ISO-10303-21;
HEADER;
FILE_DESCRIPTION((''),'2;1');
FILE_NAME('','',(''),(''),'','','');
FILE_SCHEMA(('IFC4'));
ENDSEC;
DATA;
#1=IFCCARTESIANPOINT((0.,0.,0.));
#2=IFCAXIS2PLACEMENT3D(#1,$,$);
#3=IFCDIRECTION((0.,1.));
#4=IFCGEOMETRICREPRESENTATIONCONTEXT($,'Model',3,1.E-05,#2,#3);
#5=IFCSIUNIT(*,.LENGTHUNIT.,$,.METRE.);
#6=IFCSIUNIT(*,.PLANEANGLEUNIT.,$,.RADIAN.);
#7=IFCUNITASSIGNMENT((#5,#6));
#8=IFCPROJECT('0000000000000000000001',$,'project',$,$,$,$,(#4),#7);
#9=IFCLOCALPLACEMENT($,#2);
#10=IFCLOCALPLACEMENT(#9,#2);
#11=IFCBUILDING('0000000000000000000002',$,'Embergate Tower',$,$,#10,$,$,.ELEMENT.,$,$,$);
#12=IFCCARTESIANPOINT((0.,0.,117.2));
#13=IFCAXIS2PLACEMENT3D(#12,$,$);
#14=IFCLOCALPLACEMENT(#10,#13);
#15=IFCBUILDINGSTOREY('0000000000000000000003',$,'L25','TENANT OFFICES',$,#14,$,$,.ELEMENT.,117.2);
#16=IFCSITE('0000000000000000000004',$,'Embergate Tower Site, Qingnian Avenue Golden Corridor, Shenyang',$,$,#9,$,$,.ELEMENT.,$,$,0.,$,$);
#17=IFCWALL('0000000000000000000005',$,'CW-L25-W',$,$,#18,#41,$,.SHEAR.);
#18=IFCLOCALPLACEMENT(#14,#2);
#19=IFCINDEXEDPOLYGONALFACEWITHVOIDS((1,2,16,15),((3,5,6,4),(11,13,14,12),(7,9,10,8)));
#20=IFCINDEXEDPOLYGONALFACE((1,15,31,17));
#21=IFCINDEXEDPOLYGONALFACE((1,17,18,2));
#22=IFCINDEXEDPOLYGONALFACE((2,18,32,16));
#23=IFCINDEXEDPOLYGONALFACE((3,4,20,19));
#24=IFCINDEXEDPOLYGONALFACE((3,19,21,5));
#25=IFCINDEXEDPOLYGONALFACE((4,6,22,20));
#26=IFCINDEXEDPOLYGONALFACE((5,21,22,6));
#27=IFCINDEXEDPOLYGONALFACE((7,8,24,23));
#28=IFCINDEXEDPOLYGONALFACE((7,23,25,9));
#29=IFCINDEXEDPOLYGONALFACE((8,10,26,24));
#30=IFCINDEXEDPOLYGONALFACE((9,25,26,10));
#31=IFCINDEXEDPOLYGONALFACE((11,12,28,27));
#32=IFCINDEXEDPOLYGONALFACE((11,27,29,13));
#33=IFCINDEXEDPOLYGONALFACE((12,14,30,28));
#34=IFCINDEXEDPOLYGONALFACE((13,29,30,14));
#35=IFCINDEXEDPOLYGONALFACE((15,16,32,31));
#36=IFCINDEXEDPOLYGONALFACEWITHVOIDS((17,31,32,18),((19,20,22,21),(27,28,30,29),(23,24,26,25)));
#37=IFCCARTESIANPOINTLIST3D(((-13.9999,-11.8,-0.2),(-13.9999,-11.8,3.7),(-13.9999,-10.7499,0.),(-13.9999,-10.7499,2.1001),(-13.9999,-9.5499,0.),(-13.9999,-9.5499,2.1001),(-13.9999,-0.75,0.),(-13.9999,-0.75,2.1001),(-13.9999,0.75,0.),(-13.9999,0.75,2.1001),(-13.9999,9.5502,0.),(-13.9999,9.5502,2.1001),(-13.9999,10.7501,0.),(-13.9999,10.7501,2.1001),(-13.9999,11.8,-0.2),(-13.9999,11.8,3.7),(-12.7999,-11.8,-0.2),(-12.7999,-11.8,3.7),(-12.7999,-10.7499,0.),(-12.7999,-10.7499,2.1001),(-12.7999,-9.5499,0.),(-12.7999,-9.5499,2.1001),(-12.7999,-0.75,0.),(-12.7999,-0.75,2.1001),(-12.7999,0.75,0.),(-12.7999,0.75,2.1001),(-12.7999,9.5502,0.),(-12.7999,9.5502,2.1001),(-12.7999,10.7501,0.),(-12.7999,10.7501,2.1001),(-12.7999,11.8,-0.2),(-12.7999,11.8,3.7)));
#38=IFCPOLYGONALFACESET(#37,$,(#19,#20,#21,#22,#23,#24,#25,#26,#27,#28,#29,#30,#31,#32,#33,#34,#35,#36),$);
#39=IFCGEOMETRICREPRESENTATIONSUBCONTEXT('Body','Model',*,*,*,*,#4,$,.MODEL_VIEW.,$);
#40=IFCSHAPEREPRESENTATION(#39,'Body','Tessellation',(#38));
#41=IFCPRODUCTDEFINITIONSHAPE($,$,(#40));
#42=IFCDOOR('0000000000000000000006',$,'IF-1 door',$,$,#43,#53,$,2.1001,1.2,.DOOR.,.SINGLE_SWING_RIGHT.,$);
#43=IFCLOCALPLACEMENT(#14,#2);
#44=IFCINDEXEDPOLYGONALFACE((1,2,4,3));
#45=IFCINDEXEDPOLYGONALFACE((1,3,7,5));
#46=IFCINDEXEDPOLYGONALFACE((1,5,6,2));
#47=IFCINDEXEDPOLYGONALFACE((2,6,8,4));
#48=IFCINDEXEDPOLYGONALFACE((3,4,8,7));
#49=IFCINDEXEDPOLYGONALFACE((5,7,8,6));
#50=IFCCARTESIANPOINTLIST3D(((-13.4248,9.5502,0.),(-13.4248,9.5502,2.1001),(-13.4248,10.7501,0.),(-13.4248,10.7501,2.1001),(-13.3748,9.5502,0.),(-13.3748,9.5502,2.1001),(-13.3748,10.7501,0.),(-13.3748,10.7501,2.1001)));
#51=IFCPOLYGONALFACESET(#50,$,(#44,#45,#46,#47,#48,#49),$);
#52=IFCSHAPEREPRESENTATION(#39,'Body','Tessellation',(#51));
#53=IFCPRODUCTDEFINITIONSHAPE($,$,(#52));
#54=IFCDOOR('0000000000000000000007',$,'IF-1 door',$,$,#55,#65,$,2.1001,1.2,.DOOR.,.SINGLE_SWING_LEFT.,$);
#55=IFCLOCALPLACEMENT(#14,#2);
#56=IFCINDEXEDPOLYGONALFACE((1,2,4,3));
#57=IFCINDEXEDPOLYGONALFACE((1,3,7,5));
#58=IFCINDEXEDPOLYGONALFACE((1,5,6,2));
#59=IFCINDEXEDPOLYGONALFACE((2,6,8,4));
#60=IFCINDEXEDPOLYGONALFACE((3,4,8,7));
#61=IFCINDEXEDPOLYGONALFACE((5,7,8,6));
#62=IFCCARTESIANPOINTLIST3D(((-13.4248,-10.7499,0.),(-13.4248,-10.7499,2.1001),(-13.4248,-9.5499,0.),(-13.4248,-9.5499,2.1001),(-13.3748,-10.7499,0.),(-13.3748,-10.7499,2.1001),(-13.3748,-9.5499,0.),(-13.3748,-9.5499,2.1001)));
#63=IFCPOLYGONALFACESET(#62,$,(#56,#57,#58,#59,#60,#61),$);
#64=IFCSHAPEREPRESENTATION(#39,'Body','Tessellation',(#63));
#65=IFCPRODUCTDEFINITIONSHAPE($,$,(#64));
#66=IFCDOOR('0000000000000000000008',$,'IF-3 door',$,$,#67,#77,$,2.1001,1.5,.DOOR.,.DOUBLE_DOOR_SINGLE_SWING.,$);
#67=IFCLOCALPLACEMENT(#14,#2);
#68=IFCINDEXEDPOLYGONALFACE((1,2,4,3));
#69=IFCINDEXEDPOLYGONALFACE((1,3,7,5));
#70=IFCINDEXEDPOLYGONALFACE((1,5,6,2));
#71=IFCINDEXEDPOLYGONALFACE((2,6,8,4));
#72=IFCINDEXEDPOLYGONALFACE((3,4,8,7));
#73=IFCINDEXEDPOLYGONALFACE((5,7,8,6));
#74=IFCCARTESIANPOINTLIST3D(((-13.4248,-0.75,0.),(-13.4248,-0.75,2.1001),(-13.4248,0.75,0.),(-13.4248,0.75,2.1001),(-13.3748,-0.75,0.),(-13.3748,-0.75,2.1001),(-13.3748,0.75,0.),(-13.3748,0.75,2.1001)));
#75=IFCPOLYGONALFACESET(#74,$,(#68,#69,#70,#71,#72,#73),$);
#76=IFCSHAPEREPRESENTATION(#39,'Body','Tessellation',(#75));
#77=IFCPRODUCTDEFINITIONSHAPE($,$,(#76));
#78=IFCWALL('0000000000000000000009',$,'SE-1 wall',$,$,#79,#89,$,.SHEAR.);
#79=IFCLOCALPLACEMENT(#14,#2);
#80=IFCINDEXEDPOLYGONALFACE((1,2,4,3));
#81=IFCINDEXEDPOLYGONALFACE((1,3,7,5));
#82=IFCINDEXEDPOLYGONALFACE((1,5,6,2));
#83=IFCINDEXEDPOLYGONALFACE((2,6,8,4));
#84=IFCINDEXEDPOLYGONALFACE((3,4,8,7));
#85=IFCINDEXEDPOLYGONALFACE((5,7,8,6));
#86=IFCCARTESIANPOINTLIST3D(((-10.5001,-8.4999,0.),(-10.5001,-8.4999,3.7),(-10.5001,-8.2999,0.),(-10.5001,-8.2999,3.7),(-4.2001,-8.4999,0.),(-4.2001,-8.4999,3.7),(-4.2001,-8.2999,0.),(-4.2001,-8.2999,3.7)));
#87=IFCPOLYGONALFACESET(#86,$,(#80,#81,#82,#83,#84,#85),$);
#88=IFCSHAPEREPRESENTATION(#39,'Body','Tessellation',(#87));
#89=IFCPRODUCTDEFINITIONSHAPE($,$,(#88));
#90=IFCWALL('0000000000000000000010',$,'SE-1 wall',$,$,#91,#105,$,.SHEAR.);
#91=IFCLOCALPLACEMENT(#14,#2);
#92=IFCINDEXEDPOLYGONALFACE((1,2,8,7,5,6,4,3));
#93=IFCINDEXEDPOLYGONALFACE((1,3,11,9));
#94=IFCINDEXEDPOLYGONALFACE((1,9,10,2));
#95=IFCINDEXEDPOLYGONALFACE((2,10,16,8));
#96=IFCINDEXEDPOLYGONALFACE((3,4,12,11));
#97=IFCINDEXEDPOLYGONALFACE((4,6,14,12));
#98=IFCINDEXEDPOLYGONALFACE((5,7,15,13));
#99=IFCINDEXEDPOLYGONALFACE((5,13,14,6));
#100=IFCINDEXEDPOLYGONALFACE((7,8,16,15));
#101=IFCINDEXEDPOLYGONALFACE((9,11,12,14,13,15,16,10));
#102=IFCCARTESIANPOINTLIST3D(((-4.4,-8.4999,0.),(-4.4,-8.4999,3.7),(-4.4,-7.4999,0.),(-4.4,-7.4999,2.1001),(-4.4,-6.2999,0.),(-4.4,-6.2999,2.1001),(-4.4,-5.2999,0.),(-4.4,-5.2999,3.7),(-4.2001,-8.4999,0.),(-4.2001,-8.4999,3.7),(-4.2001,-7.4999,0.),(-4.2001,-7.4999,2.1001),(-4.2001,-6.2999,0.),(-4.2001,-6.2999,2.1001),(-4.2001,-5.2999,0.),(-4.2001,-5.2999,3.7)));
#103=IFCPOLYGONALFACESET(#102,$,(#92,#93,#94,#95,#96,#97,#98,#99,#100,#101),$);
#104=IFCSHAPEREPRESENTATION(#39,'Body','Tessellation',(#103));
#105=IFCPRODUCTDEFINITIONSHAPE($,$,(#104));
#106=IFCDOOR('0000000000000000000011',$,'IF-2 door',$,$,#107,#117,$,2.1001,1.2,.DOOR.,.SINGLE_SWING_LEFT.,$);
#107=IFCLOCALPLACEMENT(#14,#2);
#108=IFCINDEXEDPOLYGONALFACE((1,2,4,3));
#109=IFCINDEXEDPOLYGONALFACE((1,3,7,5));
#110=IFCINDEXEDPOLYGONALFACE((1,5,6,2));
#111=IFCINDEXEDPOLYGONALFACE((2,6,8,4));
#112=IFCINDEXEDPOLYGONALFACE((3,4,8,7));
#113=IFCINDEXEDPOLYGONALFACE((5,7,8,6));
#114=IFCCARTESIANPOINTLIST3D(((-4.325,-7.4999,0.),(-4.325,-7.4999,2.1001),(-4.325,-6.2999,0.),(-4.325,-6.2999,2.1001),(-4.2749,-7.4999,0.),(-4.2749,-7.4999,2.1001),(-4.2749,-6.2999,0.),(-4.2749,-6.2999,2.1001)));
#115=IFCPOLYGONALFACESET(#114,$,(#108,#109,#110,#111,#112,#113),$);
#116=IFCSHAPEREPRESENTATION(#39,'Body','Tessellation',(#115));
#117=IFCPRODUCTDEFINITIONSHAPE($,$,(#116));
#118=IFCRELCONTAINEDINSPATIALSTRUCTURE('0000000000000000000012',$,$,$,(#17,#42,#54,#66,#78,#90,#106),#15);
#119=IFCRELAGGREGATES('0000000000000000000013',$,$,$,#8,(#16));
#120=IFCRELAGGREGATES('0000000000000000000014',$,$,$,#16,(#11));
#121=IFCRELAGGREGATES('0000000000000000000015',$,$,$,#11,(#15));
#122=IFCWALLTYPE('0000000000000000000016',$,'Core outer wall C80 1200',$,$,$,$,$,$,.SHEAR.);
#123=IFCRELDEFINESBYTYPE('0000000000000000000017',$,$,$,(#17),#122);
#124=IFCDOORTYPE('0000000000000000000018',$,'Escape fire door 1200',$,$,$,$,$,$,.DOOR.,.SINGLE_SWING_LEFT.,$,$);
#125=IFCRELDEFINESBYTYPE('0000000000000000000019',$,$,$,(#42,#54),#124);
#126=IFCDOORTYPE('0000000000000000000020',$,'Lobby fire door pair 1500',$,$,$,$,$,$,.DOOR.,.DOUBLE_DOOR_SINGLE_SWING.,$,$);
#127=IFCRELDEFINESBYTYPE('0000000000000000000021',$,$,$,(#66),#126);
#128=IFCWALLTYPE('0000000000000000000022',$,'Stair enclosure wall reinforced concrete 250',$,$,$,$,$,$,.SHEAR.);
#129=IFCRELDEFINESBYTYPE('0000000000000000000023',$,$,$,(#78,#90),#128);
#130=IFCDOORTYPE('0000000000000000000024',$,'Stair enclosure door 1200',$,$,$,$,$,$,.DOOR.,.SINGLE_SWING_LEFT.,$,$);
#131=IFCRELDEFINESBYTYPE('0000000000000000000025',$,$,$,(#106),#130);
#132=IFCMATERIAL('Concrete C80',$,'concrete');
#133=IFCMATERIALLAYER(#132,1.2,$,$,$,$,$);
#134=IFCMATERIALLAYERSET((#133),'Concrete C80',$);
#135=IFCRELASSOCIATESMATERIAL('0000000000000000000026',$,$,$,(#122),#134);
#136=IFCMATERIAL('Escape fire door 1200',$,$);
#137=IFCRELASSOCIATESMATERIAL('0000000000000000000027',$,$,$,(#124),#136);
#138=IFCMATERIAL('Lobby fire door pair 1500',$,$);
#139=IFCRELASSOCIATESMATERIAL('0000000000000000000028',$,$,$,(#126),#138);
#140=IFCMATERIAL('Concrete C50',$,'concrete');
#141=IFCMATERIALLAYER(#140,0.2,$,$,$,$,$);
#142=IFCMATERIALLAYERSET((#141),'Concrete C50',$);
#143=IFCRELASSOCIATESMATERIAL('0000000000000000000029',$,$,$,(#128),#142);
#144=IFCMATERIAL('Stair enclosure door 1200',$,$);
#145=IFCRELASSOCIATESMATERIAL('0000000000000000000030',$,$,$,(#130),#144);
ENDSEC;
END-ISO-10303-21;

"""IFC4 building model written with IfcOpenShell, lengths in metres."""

from ifc_helpers import new_model, si_unit, direction, frame, frame_2d, origin, place, context, subcontext, project, spatial, rectangle, extrude, source, transform, mapped, material, layer, layer_set, type_object, element, fill, save


model = new_model("IFC4")

# Units and contexts
model_context = context("Model", 3, precision=1e-05, world=origin(), true_north=direction((0.0, 1.0)))
body_context = subcontext(model_context, "Body", "Model", "MODEL_VIEW")
ifc_project = project(units=[si_unit("LENGTHUNIT", "METRE"), si_unit("PLANEANGLEUNIT", "RADIAN")], contexts=[model_context])

# Site, building, storey
site_placement = place(None, origin())
site = spatial("IfcSite", under=ifc_project, at=site_placement, Name="Embergate Tower Site, Qingnian Avenue Golden Corridor, Shenyang", CompositionType="ELEMENT", RefElevation=0.0)
building_placement = place(site_placement, origin())
building = spatial("IfcBuilding", under=site, at=building_placement, Name="Embergate Tower", CompositionType="ELEMENT")
storey_placement = place(building_placement, frame((0.0, 0.0, 117.2)))
storey = spatial("IfcBuildingStorey", under=building, at=storey_placement, Name="L25", Description="TENANT OFFICES", CompositionType="ELEMENT", Elevation=117.2)

# Shared definitions
ifc_material_1 = material(Name="Concrete C80", Category="concrete")
ifc_layer_1 = layer(ifc_material_1, 1.2)
ifc_layer_set_1 = layer_set([ifc_layer_1], Name="Concrete C80")
wall_type_1 = type_object("IfcWallType", Name="Core outer wall C80 1200", PredefinedType="SHEAR", material=ifc_layer_set_1)

# Wall, openings, doors
shared_shape_1 = source(origin(), body_context, "Body", "SweptSolid", [
    extrude(rectangle(XDim=23.6001, YDim=1.2, at=frame_2d((11.8, 0.0))), origin(), (0.0, 0.0, 1.0), 3.8999),
])
wall_1_placement = place(storey_placement, frame((-13.3999, -11.8, -0.2), z_axis=(0.0, 0.0, 1.0), x_axis=(0.0, 1.0, 0.0)))
wall_1 = element("IfcWall", 1, at=wall_1_placement, inside=storey, type_object=wall_type_1, Name="CW-L25-W", PredefinedType="SHEAR", context=body_context, shape_type="MappedRepresentation", body=[
    mapped(shared_shape_1, transform((0.0, 0.0, 0.0))),
])
shared_shape_2 = source(origin(), body_context, "Body", "SweptSolid", [
    extrude(rectangle(XDim=1.2, YDim=2.1001, at=frame_2d((0.6001, 1.05))), frame((0.0, 0.6099, 0.0), z_axis=(0.0, -1.0, 0.0), x_axis=(1.0, 0.0, 0.0)), (0.0, 0.0, 1.0), 1.22),
])
opening_1_placement = place(wall_1_placement, frame((21.3501, 0.0, 0.2)))
opening_1 = element("IfcOpeningElement", 2, at=opening_1_placement, cuts=wall_1, PredefinedType="OPENING", context=body_context, shape_type="MappedRepresentation", body=[
    mapped(shared_shape_2, transform((0.0, 0.0, 0.0))),
])
opening_2_placement = place(wall_1_placement, frame((1.05, 0.0, 0.2)))
opening_2 = element("IfcOpeningElement", 3, at=opening_2_placement, cuts=wall_1, PredefinedType="OPENING", context=body_context, shape_type="MappedRepresentation", body=[
    mapped(shared_shape_2, transform((0.0, 0.0, 0.0))),
])
shared_shape_3 = source(origin(), body_context, "Body", "SweptSolid", [
    extrude(rectangle(XDim=1.5, YDim=2.1001, at=frame_2d((0.75, 1.05))), frame((0.0, 0.6099, 0.0), z_axis=(0.0, -1.0, 0.0), x_axis=(1.0, 0.0, 0.0)), (0.0, 0.0, 1.0), 1.22),
])
opening_3_placement = place(wall_1_placement, frame((11.05, 0.0, 0.2)))
opening_3 = element("IfcOpeningElement", 4, at=opening_3_placement, cuts=wall_1, PredefinedType="OPENING", context=body_context, shape_type="MappedRepresentation", body=[
    mapped(shared_shape_3, transform((0.0, 0.0, 0.0))),
])
ifc_material_2 = material(Name="Escape fire door 1200")
door_type_1 = type_object("IfcDoorType", Name="Escape fire door 1200", OperationType="SINGLE_SWING_LEFT", PredefinedType="DOOR", material=ifc_material_2)
shared_shape_4 = source(origin(), body_context, "Body", "SweptSolid", [
    extrude(rectangle(XDim=1.2, YDim=2.1001, at=frame_2d((0.6001, 1.05))), frame((0.0, 0.0249, 0.0), z_axis=(0.0, -1.0, 0.0), x_axis=(1.0, 0.0, 0.0)), (0.0, 0.0, 1.0), 0.05),
])
door_1_placement = place(opening_1_placement, origin())
door_1 = element("IfcDoor", 5, at=door_1_placement, inside=storey, type_object=door_type_1, Name="IF-1 door", OperationType="SINGLE_SWING_RIGHT", OverallHeight=2.1001, OverallWidth=1.2, PredefinedType="DOOR", context=body_context, shape_type="MappedRepresentation", body=[
    mapped(shared_shape_4, transform((0.0, 0.0, 0.0))),
])
fill(opening_1, door_1)
door_2_placement = place(opening_2_placement, origin())
door_2 = element("IfcDoor", 6, at=door_2_placement, inside=storey, type_object=door_type_1, Name="IF-1 door", OperationType="SINGLE_SWING_LEFT", OverallHeight=2.1001, OverallWidth=1.2, PredefinedType="DOOR", context=body_context, shape_type="MappedRepresentation", body=[
    mapped(shared_shape_4, transform((0.0, 0.0, 0.0))),
])
fill(opening_2, door_2)
ifc_material_3 = material(Name="Lobby fire door pair 1500")
door_type_2 = type_object("IfcDoorType", Name="Lobby fire door pair 1500", OperationType="DOUBLE_DOOR_SINGLE_SWING", PredefinedType="DOOR", material=ifc_material_3)
shared_shape_5 = source(origin(), body_context, "Body", "SweptSolid", [
    extrude(rectangle(XDim=1.5, YDim=2.1001, at=frame_2d((0.75, 1.05))), frame((0.0, 0.0249, 0.0), z_axis=(0.0, -1.0, 0.0), x_axis=(1.0, 0.0, 0.0)), (0.0, 0.0, 1.0), 0.05),
])
door_3_placement = place(opening_3_placement, origin())
door_3 = element("IfcDoor", 7, at=door_3_placement, inside=storey, type_object=door_type_2, Name="IF-3 door", OperationType="DOUBLE_DOOR_SINGLE_SWING", OverallHeight=2.1001, OverallWidth=1.5, PredefinedType="DOOR", context=body_context, shape_type="MappedRepresentation", body=[
    mapped(shared_shape_5, transform((0.0, 0.0, 0.0))),
])
fill(opening_3, door_3)

# Wall
ifc_material_4 = material(Name="Concrete C50", Category="concrete")
ifc_layer_2 = layer(ifc_material_4, 0.2)
ifc_layer_set_2 = layer_set([ifc_layer_2], Name="Concrete C50")
wall_type_2 = type_object("IfcWallType", Name="Stair enclosure wall reinforced concrete 250", PredefinedType="SHEAR", material=ifc_layer_set_2)
shared_shape_6 = source(origin(), body_context, "Body", "SweptSolid", [
    extrude(rectangle(XDim=6.3, YDim=0.2, at=frame_2d((3.1499, 0.0))), origin(), (0.0, 0.0, 1.0), 3.7),
])
wall_2_placement = place(storey_placement, frame((-10.5, -8.3999, 0.0), z_axis=(0.0, 0.0, 1.0), x_axis=(1.0, 0.0, 0.0)))
element("IfcWall", 8, at=wall_2_placement, inside=storey, type_object=wall_type_2, Name="SE-1 wall", PredefinedType="SHEAR", context=body_context, shape_type="MappedRepresentation", body=[
    mapped(shared_shape_6, transform((0.0, 0.0, 0.0))),
])

# Wall, opening, door
shared_shape_7 = source(origin(), body_context, "Body", "SweptSolid", [
    extrude(rectangle(XDim=3.2, YDim=0.2, at=frame_2d((1.6001, 0.0))), origin(), (0.0, 0.0, 1.0), 3.7),
])
wall_3_placement = place(storey_placement, frame((-4.3, -8.5, 0.0), z_axis=(0.0, 0.0, 1.0), x_axis=(0.0, 1.0, 0.0)))
wall_3 = element("IfcWall", 9, at=wall_3_placement, inside=storey, type_object=wall_type_2, Name="SE-1 wall", PredefinedType="SHEAR", context=body_context, shape_type="MappedRepresentation", body=[
    mapped(shared_shape_7, transform((0.0, 0.0, 0.0))),
])
shared_shape_8 = source(origin(), body_context, "Body", "SweptSolid", [
    extrude(rectangle(XDim=1.2, YDim=2.1001, at=frame_2d((0.6001, 1.05))), frame((0.0, 0.1099, 0.0), z_axis=(0.0, -1.0, 0.0), x_axis=(1.0, 0.0, 0.0)), (0.0, 0.0, 1.0), 0.22),
])
opening_4_placement = place(wall_3_placement, frame((1.0, 0.0, 0.0)))
opening_4 = element("IfcOpeningElement", 10, at=opening_4_placement, cuts=wall_3, PredefinedType="OPENING", context=body_context, shape_type="MappedRepresentation", body=[
    mapped(shared_shape_8, transform((0.0, 0.0, 0.0))),
])
ifc_material_5 = material(Name="Stair enclosure door 1200")
door_type_3 = type_object("IfcDoorType", Name="Stair enclosure door 1200", OperationType="SINGLE_SWING_LEFT", PredefinedType="DOOR", material=ifc_material_5)
door_4_placement = place(opening_4_placement, origin())
door_4 = element("IfcDoor", 11, at=door_4_placement, inside=storey, type_object=door_type_3, Name="IF-2 door", OperationType="SINGLE_SWING_LEFT", OverallHeight=2.1001, OverallWidth=1.2, PredefinedType="DOOR", context=body_context, shape_type="MappedRepresentation", body=[
    mapped(shared_shape_4, transform((0.0, 0.0, 0.0))),
])
fill(opening_4, door_4)

save(model, "model.ifc")
